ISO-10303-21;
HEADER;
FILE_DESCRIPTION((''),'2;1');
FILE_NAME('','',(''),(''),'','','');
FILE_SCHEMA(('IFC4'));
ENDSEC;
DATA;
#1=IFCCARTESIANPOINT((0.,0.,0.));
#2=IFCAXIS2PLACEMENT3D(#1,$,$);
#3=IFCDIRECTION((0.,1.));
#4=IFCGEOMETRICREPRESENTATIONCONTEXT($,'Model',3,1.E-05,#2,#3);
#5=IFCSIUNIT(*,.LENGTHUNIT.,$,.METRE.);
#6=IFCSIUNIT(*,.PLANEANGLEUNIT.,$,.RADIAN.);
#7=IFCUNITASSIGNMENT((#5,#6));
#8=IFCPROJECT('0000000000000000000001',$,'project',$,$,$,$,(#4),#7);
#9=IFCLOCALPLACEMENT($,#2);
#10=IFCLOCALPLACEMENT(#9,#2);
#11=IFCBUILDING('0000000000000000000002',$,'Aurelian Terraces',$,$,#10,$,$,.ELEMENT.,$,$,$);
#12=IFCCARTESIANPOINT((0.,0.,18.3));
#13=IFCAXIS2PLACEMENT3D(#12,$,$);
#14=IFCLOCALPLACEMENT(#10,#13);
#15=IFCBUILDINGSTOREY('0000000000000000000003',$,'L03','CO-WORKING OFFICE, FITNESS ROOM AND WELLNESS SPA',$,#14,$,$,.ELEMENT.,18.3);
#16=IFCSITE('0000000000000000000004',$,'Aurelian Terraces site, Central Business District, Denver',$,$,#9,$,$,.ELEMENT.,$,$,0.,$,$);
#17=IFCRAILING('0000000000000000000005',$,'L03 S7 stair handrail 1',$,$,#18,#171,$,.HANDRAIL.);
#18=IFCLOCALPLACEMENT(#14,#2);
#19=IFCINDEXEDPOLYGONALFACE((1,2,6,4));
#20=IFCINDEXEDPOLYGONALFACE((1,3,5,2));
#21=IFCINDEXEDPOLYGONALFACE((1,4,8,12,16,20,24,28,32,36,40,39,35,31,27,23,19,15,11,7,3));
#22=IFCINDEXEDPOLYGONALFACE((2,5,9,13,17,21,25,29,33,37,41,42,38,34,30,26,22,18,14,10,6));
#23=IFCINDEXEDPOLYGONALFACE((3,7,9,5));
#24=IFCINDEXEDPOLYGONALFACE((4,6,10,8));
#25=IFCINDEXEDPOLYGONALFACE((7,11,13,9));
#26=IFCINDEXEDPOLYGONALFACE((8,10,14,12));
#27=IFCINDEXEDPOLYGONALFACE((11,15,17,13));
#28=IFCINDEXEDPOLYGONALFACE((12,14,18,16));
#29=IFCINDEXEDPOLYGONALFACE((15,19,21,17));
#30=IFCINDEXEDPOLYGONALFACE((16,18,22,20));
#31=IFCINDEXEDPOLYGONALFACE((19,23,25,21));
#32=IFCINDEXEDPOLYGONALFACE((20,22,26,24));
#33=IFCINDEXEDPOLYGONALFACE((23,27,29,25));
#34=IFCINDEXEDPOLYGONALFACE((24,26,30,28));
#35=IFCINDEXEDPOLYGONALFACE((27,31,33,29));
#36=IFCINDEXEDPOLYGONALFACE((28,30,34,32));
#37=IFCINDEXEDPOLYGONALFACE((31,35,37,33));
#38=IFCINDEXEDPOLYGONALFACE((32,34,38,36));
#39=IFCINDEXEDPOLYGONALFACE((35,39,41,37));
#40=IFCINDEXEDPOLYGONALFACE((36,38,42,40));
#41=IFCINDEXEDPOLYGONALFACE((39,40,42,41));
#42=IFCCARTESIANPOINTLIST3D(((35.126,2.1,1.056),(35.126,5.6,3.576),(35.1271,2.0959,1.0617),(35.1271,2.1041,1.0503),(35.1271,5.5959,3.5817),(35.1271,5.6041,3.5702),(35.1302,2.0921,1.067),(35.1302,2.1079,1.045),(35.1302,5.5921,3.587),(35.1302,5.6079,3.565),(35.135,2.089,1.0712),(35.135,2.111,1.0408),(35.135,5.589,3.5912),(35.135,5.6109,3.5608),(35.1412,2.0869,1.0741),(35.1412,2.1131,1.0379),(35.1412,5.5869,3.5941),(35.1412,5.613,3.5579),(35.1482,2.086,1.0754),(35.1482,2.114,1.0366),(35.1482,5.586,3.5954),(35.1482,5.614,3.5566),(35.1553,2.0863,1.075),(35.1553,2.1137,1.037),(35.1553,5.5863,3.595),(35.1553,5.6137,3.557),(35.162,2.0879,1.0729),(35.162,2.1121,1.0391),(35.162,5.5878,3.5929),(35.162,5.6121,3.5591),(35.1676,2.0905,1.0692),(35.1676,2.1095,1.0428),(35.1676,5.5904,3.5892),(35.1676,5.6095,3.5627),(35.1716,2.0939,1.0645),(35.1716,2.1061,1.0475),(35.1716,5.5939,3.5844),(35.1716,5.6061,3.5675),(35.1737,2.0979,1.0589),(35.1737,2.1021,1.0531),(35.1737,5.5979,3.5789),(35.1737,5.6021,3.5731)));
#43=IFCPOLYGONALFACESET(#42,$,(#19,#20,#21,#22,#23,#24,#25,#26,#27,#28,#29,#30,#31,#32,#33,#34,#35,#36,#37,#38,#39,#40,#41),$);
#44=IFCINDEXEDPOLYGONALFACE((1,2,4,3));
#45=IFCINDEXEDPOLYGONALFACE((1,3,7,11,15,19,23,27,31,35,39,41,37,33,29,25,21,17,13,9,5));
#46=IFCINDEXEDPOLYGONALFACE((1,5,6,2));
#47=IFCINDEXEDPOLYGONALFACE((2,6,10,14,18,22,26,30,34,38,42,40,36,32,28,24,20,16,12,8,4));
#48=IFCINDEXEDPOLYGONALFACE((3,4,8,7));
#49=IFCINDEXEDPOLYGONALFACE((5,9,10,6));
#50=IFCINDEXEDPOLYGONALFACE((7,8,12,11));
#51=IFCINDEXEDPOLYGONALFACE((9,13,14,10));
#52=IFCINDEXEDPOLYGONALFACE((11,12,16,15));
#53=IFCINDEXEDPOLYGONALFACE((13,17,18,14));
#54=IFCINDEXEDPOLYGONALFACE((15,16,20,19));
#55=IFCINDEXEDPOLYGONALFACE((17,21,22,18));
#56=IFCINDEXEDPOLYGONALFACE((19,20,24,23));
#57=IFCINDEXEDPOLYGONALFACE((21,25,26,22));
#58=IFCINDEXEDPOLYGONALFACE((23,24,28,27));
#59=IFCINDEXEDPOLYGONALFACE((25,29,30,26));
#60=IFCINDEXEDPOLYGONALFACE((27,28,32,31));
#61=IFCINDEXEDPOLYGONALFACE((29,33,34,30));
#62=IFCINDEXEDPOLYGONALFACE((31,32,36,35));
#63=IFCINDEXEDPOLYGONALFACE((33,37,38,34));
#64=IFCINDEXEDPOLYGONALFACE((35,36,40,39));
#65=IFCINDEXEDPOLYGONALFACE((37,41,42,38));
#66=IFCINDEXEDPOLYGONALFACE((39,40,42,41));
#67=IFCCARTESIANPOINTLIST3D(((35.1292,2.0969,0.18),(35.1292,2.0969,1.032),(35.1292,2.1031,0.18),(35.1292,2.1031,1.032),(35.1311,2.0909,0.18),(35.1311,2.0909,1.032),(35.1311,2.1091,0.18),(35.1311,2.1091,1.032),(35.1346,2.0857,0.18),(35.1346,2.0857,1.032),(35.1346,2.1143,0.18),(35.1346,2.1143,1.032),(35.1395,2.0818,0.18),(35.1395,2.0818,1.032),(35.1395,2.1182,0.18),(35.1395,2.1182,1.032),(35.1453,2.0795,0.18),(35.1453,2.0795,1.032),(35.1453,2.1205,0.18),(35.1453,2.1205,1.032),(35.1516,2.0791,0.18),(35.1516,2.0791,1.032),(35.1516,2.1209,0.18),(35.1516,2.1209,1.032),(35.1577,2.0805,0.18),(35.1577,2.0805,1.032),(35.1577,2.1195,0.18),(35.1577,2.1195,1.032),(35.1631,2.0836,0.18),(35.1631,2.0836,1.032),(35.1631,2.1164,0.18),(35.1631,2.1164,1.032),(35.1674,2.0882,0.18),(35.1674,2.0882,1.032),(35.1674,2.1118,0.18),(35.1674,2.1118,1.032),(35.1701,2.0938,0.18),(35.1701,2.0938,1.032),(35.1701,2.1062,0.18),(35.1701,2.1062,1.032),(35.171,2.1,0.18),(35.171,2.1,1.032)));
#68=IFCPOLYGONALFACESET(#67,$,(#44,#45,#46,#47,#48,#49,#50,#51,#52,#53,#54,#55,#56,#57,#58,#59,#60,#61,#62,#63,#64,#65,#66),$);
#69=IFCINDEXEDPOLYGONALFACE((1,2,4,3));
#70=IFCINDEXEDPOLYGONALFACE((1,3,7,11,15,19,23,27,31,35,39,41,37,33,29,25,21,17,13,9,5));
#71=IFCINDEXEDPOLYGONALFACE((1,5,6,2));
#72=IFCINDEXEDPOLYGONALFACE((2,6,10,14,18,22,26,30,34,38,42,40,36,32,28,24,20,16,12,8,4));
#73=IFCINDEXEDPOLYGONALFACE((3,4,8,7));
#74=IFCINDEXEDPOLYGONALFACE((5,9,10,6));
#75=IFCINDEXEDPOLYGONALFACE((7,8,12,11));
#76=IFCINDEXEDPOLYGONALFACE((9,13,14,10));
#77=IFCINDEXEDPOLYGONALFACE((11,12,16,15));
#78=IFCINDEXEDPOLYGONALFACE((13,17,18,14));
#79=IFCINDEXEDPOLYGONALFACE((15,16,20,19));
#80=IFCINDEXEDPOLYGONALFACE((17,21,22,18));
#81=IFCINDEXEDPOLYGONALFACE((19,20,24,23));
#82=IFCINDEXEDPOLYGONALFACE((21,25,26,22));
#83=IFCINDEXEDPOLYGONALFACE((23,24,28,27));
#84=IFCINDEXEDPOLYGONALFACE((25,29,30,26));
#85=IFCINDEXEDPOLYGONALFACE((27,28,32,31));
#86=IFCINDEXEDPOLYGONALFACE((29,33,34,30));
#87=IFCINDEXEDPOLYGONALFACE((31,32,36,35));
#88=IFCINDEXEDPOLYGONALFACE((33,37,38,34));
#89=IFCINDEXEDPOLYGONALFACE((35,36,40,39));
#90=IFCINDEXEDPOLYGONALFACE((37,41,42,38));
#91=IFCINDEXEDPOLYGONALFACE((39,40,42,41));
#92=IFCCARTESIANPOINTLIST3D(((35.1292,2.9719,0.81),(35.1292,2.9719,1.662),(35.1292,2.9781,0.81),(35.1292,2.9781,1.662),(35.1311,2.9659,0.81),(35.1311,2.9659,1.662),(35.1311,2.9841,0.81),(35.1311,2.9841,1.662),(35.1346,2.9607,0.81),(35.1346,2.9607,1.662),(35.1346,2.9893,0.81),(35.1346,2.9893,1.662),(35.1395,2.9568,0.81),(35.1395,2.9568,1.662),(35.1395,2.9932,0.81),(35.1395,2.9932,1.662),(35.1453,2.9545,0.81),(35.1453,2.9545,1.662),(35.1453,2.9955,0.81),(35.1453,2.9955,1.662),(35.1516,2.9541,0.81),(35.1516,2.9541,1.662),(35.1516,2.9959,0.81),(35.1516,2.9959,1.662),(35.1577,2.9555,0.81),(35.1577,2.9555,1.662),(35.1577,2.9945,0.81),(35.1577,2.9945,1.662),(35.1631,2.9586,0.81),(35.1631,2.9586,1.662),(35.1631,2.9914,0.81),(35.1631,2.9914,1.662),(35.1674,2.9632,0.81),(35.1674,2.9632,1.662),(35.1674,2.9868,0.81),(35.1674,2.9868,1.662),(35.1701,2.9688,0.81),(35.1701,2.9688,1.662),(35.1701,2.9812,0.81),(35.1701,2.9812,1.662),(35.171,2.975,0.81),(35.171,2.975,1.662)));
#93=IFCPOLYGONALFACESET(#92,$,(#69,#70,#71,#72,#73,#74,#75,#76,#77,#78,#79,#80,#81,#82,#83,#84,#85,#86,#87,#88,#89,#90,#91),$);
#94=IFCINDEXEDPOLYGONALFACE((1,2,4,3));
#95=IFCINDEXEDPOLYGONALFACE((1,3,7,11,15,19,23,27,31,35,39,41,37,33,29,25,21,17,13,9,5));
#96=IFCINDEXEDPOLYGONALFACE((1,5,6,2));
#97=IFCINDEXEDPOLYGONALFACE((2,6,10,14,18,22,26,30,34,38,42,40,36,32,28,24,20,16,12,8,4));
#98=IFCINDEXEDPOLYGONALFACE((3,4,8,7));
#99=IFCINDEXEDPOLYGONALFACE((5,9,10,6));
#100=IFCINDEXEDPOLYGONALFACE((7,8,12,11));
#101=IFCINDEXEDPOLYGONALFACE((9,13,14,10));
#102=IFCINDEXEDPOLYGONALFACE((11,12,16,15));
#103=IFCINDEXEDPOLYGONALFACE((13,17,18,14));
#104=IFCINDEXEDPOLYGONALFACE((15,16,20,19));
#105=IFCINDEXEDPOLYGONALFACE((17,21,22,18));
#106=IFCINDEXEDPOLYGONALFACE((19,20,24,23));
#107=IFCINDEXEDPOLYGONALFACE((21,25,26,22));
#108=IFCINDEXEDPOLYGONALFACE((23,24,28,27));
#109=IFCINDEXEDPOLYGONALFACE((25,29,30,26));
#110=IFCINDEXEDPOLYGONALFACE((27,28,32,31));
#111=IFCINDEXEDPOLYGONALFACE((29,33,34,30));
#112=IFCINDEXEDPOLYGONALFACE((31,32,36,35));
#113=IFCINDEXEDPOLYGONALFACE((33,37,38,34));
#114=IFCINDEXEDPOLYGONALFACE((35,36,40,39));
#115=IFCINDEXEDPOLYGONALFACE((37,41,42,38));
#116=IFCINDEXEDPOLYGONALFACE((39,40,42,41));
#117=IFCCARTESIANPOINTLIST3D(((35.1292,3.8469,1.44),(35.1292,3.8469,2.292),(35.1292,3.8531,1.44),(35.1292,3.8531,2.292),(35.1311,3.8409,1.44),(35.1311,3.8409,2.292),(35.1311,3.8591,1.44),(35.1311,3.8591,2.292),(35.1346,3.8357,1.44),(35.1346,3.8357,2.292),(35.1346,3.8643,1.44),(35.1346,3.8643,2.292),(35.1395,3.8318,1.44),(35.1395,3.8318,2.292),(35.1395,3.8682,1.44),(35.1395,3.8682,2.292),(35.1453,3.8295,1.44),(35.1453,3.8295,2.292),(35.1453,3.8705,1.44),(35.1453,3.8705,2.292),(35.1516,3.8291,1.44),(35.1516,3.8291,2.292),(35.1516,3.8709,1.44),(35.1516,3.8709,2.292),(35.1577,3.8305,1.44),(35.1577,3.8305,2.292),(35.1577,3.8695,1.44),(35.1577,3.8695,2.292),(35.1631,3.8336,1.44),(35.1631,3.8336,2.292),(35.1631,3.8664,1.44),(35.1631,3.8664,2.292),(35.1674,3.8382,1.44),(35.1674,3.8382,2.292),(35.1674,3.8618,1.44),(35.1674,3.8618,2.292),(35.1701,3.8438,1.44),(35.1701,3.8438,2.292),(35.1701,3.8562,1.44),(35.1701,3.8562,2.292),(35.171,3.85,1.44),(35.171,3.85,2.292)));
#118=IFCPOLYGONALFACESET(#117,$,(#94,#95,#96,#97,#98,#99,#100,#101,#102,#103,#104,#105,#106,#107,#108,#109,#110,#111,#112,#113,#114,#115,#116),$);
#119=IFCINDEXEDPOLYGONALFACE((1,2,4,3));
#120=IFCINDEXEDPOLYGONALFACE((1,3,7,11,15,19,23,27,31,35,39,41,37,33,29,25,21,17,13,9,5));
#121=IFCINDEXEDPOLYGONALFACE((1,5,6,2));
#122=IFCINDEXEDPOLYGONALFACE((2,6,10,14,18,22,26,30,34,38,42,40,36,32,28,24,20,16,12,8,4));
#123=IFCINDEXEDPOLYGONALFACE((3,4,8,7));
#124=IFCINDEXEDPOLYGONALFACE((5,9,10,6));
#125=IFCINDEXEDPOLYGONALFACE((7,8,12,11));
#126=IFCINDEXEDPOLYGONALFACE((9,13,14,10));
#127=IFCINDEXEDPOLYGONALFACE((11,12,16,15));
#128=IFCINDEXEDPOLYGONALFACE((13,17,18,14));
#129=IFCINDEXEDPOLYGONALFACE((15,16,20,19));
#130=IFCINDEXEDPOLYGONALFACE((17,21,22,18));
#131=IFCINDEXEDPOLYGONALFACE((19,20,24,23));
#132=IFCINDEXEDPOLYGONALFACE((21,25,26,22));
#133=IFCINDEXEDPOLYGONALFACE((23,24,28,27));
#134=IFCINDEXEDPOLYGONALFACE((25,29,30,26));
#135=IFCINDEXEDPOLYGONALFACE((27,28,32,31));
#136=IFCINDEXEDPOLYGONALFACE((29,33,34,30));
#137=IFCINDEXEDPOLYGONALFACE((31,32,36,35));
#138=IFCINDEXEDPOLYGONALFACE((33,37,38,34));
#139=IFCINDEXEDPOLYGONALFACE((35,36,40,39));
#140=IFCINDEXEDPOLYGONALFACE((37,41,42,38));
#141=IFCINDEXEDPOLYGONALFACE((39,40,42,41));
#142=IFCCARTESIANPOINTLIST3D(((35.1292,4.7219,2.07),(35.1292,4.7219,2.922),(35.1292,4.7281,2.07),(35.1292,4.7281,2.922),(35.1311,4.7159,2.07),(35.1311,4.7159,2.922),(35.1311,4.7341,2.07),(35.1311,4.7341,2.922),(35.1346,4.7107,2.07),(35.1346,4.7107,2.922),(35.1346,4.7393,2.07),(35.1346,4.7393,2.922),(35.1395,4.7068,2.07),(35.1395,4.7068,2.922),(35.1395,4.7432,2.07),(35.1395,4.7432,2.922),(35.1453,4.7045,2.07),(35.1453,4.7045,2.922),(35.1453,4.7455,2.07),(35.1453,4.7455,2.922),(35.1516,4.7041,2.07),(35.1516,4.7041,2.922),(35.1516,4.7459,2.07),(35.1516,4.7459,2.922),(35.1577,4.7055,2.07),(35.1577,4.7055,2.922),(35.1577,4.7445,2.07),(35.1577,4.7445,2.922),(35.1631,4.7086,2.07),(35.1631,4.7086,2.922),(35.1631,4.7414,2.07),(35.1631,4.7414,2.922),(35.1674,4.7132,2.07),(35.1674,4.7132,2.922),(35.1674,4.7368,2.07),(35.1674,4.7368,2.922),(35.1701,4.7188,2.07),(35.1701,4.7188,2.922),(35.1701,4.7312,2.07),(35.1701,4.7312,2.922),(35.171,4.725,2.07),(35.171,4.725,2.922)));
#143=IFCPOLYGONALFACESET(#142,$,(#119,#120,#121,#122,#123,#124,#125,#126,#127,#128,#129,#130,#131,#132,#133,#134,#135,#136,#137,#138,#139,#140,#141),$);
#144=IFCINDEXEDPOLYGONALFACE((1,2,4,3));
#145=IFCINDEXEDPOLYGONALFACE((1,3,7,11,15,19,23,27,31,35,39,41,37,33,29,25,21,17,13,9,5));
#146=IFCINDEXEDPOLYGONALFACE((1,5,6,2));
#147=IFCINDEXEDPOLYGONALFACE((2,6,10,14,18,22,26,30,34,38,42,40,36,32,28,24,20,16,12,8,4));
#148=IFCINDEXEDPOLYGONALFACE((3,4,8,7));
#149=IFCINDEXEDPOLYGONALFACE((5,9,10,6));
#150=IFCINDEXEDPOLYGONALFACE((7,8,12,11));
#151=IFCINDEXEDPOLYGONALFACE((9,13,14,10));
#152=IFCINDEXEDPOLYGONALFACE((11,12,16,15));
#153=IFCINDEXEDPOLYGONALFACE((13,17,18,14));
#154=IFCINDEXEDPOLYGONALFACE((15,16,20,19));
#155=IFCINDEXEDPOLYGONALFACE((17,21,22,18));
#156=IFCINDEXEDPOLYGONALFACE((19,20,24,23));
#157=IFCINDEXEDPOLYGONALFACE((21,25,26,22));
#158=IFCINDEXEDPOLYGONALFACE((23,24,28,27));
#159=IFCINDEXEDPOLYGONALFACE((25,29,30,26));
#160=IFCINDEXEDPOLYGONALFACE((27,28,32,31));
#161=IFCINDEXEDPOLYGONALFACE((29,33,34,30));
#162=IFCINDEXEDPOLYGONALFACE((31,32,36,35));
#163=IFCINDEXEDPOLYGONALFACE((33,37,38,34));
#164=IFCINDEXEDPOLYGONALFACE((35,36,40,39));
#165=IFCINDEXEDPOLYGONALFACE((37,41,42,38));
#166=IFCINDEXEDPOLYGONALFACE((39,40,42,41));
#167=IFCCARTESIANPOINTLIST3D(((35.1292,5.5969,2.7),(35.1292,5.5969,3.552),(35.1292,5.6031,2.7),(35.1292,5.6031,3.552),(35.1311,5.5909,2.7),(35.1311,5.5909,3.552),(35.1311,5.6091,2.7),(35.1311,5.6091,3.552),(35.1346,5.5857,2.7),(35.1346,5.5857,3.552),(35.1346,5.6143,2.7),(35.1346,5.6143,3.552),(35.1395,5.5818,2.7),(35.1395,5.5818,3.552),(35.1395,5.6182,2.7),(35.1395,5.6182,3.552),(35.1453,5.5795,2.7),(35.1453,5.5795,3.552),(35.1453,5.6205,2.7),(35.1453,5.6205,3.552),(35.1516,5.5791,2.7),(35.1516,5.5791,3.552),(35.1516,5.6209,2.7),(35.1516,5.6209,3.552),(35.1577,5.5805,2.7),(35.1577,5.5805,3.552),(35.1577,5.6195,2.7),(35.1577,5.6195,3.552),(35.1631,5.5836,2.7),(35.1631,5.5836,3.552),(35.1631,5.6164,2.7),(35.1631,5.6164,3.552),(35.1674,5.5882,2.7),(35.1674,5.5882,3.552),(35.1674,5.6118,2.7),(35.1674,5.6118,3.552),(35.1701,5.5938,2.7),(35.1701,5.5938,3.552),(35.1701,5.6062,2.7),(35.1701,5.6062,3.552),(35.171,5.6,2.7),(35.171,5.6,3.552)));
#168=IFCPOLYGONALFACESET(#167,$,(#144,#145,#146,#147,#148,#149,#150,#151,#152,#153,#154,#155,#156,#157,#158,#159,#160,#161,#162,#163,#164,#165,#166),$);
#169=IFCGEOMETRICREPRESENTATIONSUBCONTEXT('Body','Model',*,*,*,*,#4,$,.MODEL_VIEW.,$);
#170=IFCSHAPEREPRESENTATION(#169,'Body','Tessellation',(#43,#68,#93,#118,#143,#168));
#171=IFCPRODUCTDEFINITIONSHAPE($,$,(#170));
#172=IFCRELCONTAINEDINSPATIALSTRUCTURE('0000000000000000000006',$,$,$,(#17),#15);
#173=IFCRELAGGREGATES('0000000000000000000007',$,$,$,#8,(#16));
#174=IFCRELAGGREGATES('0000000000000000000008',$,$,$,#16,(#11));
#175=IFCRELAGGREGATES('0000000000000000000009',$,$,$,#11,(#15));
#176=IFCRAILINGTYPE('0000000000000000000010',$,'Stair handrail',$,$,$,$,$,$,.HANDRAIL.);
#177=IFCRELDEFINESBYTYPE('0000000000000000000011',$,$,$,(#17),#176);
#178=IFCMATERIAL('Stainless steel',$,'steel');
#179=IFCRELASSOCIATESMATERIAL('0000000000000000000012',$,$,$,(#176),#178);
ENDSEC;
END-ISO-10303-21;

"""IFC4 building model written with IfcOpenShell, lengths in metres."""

from ifc_helpers import new_model, si_unit, direction, frame, origin, origin_2d, place, context, subcontext, project, spatial, circle, extrude, source, transform, mapped, material, type_object, element, save


model = new_model("IFC4")

# Units and contexts
model_context = context("Model", 3, precision=1e-05, world=origin(), true_north=direction((0.0, 1.0)))
body_context = subcontext(model_context, "Body", "Model", "MODEL_VIEW")
ifc_project = project(units=[si_unit("LENGTHUNIT", "METRE"), si_unit("PLANEANGLEUNIT", "RADIAN")], contexts=[model_context])

# Site, building, storey
site_placement = place(None, origin())
site = spatial("IfcSite", under=ifc_project, at=site_placement, Name="Aurelian Terraces site, Central Business District, Denver", CompositionType="ELEMENT", RefElevation=0.0)
building_placement = place(site_placement, origin())
building = spatial("IfcBuilding", under=site, at=building_placement, Name="Aurelian Terraces", CompositionType="ELEMENT")
storey_placement = place(building_placement, frame((0.0, 0.0, 18.3)))
storey = spatial("IfcBuildingStorey", under=building, at=storey_placement, Name="L03", Description="CO-WORKING OFFICE, FITNESS ROOM AND WELLNESS SPA", CompositionType="ELEMENT", Elevation=18.3)

# Railing
ifc_material_1 = material(Name="Stainless steel", Category="steel")
railing_type_1 = type_object("IfcRailingType", Name="Stair handrail", PredefinedType="HANDRAIL", material=ifc_material_1)
shared_shape_1 = source(origin(), body_context, "Body", "SweptSolid", [
    extrude(circle(Radius=0.024, at=origin_2d()), frame((0.0, 0.0, 0.876), z_axis=(0.0, 0.811534, 0.584305), x_axis=(-1.0, 0.0, 0.0)), (0.0, 0.0, 1.0), 4.3128),
    extrude(circle(Radius=0.021, at=origin_2d()), origin(), (0.0, 0.0, 1.0), 0.852),
    extrude(circle(Radius=0.021, at=origin_2d()), frame((0.0, 0.875, 0.63)), (0.0, 0.0, 1.0), 0.852),
    extrude(circle(Radius=0.021, at=origin_2d()), frame((0.0, 1.75, 1.26)), (0.0, 0.0, 1.0), 0.852),
    extrude(circle(Radius=0.021, at=origin_2d()), frame((0.0, 2.625, 1.89)), (0.0, 0.0, 1.0), 0.852),
    extrude(circle(Radius=0.021, at=origin_2d()), frame((0.0, 3.5, 2.52)), (0.0, 0.0, 1.0), 0.852),
])
railing_1_placement = place(storey_placement, frame((35.15, 2.1, 0.18)))
element("IfcRailing", 1, at=railing_1_placement, inside=storey, type_object=railing_type_1, Name="L03 S7 stair handrail 1", PredefinedType="HANDRAIL", context=body_context, shape_type="MappedRepresentation", body=[
    mapped(shared_shape_1, transform((0.0, 0.0, 0.0), scale=1.0)),
])

save(model, "model.ifc")
